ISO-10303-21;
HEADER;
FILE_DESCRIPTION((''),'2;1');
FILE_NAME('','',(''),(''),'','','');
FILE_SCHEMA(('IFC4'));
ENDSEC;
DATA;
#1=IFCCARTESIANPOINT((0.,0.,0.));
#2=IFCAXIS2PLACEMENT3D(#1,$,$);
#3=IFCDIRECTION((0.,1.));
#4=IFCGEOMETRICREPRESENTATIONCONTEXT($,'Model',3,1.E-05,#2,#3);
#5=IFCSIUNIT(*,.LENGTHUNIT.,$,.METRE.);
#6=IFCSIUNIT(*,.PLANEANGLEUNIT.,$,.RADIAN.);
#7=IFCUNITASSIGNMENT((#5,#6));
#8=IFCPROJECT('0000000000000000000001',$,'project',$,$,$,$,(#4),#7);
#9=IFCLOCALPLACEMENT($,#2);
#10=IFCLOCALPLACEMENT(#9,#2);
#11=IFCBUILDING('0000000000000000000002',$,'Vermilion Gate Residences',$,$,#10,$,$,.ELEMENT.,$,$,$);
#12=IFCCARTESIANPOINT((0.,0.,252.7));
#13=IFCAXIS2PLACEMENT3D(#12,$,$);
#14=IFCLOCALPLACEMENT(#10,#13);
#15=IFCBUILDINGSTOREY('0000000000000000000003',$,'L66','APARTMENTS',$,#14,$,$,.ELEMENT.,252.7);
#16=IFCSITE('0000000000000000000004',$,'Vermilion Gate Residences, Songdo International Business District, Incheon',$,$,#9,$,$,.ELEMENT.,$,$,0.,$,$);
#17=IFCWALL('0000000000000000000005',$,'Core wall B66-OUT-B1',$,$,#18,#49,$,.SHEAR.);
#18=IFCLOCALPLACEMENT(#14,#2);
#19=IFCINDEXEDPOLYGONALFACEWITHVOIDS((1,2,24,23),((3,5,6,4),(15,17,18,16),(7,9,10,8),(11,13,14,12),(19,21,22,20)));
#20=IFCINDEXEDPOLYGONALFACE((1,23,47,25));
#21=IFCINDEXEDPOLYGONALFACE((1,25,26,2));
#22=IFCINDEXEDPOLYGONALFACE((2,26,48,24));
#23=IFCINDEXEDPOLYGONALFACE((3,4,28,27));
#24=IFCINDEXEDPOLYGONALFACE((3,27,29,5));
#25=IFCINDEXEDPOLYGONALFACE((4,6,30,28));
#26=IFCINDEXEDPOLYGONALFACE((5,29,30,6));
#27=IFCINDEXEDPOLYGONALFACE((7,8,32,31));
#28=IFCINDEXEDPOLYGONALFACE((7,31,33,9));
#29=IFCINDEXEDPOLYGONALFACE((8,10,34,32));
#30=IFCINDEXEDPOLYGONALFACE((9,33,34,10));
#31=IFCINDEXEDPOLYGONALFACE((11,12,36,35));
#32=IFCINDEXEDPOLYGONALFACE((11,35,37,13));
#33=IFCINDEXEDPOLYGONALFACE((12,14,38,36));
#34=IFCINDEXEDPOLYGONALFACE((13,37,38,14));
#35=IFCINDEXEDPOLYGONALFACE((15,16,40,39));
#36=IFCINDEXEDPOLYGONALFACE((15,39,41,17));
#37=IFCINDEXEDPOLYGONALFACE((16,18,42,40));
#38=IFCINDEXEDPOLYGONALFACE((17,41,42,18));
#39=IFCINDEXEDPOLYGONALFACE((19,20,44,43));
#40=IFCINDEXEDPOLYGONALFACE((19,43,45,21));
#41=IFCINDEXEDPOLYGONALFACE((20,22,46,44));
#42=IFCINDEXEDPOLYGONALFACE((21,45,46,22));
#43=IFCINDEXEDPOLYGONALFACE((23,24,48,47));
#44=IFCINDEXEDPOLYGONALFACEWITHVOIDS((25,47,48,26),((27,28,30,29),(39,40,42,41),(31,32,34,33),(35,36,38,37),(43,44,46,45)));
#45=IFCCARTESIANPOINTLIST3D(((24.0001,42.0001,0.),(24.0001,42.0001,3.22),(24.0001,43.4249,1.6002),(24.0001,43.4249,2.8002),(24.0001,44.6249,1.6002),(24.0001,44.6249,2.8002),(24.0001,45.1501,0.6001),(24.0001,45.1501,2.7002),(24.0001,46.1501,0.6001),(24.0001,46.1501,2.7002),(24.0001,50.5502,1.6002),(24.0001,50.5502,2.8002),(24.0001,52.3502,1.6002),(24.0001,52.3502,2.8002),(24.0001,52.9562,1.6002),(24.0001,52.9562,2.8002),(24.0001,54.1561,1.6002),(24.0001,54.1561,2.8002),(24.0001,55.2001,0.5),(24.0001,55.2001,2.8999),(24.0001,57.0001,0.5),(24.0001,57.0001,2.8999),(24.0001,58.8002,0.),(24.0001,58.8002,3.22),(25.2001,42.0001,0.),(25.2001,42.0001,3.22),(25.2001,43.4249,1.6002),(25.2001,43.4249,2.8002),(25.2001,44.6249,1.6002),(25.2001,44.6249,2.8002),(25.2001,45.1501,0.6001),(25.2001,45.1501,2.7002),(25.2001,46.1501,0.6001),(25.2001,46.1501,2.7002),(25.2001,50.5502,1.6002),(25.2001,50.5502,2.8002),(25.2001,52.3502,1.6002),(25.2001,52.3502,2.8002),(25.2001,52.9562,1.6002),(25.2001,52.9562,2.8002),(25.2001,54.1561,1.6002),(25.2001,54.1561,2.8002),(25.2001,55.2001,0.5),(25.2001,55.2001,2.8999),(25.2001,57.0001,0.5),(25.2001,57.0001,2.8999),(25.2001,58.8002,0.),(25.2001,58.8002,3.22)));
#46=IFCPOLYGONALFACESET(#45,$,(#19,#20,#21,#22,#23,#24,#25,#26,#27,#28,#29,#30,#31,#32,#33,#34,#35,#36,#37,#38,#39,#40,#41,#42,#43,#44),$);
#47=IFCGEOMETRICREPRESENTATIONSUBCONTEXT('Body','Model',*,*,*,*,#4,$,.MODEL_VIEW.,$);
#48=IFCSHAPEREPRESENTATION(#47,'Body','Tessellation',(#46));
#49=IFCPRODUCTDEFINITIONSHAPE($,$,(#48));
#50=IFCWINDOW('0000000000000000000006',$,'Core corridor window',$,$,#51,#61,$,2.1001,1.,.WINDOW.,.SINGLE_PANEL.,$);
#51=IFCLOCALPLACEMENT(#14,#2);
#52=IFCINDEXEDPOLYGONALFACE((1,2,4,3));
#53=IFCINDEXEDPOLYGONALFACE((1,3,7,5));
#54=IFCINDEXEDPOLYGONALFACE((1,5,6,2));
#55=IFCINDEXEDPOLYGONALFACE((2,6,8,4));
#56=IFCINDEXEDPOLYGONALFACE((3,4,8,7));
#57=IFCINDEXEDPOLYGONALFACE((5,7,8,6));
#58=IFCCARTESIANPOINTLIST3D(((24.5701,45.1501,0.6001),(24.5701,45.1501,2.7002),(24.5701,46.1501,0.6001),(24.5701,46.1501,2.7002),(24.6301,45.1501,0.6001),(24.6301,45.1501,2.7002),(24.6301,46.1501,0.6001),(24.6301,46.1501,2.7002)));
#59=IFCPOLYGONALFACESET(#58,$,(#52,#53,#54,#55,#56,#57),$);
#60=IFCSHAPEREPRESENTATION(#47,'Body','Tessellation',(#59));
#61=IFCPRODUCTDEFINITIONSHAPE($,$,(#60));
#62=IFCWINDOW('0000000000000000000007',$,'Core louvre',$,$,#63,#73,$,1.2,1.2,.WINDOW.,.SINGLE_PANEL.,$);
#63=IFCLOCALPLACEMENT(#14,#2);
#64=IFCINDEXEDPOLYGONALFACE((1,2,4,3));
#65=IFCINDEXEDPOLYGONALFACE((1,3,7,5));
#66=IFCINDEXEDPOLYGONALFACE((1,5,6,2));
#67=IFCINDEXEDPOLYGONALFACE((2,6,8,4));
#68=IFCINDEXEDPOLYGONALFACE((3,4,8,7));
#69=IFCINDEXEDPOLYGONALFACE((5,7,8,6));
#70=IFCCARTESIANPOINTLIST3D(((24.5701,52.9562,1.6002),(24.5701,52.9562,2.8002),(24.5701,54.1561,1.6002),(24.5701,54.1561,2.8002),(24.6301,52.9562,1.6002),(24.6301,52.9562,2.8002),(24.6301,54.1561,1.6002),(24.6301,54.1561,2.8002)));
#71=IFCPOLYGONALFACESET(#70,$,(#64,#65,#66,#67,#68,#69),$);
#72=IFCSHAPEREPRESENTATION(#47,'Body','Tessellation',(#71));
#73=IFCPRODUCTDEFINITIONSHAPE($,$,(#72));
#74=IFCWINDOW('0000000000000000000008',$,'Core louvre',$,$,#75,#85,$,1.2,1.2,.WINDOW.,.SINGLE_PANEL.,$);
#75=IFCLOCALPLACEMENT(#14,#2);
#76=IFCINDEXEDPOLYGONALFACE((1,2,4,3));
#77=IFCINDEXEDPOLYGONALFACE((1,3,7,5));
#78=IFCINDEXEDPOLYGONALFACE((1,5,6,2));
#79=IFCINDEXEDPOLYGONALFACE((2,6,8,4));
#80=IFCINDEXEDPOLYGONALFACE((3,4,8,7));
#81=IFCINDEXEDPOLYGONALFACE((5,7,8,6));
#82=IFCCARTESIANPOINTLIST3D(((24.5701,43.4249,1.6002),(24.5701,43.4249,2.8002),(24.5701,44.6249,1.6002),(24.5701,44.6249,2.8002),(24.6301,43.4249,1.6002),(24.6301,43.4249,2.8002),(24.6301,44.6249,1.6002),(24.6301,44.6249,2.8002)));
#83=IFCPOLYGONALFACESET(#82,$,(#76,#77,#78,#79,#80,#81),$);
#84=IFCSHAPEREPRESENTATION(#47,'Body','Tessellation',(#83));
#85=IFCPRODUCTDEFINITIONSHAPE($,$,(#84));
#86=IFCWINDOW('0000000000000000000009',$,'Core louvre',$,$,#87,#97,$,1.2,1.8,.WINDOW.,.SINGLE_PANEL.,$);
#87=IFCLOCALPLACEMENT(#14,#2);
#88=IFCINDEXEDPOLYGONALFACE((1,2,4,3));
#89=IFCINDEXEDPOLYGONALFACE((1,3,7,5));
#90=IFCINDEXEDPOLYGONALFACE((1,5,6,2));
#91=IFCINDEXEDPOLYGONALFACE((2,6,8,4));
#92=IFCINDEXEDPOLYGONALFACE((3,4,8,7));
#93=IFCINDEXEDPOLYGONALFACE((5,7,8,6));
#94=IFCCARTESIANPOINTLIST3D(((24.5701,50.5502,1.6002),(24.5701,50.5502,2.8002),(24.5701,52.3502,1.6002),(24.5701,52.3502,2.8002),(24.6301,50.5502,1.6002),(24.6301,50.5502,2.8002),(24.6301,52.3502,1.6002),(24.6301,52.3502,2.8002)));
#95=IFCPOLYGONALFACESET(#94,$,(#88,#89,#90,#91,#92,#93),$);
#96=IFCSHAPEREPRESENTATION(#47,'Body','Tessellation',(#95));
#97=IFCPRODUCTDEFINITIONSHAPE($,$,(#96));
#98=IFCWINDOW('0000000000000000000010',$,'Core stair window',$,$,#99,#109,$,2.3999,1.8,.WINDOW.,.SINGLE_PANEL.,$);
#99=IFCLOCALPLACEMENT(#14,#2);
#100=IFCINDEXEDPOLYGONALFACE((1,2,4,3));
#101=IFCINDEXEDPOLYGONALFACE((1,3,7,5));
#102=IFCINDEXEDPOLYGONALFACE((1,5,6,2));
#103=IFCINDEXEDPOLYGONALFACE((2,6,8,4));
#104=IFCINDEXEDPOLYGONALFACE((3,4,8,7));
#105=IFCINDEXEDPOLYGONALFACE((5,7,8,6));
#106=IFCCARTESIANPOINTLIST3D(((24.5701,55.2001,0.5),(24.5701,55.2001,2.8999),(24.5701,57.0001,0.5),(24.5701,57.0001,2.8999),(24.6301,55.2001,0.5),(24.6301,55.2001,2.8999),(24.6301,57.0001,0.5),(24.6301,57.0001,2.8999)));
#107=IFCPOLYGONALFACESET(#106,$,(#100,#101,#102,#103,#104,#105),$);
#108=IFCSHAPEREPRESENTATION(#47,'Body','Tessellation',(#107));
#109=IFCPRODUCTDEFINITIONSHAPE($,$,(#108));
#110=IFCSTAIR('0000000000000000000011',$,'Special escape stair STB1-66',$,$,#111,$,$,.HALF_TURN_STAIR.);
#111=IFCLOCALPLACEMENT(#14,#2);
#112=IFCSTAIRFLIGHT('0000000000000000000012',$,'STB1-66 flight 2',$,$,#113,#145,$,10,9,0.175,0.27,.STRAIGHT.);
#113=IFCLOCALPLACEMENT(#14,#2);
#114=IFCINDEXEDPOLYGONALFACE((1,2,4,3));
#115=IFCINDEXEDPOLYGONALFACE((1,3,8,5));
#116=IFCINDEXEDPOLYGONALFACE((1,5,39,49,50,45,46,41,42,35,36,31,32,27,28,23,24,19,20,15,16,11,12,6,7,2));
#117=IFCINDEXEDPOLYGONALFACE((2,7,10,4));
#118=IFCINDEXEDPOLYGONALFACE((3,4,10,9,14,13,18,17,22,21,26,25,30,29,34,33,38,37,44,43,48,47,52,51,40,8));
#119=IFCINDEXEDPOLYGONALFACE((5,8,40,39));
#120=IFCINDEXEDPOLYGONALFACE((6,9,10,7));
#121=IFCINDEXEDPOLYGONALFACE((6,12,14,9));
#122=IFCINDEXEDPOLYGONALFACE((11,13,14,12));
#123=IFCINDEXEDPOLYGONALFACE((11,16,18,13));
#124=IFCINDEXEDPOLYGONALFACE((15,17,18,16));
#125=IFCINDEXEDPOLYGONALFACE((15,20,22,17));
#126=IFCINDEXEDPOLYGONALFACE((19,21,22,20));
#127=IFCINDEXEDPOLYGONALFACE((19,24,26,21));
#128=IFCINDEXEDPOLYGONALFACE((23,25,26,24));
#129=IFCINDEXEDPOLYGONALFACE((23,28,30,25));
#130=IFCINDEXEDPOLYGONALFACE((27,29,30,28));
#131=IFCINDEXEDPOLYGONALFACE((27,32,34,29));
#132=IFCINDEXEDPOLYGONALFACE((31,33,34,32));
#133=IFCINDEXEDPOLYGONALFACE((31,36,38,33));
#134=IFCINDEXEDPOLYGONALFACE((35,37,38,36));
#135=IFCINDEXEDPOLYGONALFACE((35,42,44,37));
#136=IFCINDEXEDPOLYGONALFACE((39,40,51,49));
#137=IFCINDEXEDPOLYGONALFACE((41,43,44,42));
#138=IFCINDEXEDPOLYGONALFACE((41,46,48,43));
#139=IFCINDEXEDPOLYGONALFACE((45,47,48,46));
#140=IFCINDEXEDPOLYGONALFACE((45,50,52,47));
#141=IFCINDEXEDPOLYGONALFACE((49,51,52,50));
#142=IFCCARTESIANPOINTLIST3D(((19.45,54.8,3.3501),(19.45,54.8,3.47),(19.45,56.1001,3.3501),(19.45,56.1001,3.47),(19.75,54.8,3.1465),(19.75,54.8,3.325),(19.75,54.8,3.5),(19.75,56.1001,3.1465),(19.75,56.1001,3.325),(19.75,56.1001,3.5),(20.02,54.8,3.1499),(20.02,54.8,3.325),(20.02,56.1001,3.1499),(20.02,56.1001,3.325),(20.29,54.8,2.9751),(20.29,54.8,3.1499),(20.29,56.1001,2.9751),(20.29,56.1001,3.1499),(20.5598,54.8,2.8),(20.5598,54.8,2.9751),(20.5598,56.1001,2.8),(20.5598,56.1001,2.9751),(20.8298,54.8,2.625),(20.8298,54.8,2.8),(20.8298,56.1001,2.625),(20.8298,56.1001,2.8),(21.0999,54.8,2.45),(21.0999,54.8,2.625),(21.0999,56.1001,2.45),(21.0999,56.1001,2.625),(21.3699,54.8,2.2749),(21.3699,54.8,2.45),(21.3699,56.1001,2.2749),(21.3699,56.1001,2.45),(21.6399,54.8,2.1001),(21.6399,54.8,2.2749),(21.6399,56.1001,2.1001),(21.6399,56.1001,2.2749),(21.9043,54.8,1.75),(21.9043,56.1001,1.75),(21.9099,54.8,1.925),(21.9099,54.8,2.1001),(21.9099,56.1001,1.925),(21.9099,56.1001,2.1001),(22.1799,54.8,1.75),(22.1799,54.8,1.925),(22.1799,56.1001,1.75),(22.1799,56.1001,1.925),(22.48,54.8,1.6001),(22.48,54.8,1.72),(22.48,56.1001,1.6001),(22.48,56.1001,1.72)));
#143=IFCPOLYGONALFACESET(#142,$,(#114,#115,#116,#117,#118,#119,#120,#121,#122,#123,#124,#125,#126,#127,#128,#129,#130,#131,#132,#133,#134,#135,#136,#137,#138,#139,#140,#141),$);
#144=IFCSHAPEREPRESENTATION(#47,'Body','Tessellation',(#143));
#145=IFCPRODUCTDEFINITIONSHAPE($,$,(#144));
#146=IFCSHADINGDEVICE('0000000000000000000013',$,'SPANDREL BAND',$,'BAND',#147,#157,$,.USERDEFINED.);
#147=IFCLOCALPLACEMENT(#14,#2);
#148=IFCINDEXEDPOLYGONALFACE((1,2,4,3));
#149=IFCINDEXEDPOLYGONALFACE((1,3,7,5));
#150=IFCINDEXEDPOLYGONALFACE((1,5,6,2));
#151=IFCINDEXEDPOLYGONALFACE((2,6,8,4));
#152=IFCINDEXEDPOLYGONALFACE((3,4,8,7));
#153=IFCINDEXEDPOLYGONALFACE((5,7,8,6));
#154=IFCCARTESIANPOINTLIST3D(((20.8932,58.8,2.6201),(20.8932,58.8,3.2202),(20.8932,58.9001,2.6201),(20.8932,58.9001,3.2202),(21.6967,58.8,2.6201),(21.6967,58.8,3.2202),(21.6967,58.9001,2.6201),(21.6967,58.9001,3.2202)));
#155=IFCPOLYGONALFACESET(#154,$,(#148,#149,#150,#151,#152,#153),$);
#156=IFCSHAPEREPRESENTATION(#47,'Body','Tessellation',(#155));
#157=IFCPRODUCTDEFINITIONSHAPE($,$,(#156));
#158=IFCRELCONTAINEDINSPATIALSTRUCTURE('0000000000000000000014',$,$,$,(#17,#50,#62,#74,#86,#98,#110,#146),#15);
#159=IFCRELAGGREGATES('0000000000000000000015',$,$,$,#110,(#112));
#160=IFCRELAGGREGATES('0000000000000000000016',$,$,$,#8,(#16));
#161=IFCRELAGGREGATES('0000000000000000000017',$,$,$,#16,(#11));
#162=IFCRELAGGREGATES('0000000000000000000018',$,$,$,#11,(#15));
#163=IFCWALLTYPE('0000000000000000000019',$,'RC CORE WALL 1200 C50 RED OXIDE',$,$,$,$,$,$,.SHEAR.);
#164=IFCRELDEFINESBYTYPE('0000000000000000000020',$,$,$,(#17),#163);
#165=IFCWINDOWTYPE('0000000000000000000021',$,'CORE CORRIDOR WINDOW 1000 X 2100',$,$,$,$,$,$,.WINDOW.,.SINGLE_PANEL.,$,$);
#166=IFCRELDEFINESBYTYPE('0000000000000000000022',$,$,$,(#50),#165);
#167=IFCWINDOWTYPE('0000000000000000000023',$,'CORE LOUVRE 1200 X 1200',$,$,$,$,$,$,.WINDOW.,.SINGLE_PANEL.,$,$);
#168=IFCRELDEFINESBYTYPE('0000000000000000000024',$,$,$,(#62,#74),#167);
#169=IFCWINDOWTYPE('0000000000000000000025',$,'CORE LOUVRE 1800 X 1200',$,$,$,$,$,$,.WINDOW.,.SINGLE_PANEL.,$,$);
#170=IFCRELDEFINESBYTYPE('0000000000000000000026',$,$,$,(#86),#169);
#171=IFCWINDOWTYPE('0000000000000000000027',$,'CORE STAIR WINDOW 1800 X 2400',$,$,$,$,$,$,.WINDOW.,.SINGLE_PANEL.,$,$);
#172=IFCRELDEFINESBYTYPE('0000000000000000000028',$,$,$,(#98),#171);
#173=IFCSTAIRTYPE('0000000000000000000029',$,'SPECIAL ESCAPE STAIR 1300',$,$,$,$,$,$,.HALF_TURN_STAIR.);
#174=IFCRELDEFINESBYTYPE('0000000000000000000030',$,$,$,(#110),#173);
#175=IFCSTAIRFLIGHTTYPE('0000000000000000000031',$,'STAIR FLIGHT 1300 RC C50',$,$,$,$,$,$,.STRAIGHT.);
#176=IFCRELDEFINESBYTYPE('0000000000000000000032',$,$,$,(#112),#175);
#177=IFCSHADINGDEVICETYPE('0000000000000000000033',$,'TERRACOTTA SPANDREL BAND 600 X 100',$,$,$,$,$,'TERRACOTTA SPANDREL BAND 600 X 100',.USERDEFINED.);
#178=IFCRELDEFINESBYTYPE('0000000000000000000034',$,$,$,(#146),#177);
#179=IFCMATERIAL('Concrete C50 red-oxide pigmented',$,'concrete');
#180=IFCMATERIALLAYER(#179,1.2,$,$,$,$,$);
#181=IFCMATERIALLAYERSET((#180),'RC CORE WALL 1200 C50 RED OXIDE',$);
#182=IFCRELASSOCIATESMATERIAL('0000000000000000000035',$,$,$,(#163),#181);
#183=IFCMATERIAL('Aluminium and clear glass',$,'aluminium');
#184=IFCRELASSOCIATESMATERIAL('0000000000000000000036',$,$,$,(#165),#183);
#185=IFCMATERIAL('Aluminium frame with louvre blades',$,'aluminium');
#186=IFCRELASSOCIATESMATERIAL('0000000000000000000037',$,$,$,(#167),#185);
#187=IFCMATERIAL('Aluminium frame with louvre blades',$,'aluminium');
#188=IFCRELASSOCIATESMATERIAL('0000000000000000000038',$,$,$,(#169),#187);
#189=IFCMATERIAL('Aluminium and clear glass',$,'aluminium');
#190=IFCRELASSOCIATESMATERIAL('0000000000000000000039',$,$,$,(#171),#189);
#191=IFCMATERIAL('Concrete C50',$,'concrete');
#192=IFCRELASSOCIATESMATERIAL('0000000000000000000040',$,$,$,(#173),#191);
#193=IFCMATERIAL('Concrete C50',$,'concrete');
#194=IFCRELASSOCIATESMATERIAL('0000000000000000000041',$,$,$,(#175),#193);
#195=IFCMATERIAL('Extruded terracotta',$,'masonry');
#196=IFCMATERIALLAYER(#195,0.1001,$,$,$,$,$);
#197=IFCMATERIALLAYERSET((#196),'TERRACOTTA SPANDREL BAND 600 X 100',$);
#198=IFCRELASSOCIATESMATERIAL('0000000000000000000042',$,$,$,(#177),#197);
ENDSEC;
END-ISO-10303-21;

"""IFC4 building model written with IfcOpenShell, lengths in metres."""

from ifc_helpers import new_model, si_unit, direction, frame, frame_2d, origin, origin_2d, place, context, subcontext, project, spatial, polyline, rectangle, outline, extrude, material, layer, layer_set, type_object, element, fill, aggregate, save


model = new_model("IFC4")

# Units and contexts
model_context = context("Model", 3, precision=1e-05, world=origin(), true_north=direction((0.0, 1.0)))
body_context = subcontext(model_context, "Body", "Model", "MODEL_VIEW")
ifc_project = project(units=[si_unit("LENGTHUNIT", "METRE"), si_unit("PLANEANGLEUNIT", "RADIAN")], contexts=[model_context])

# Site, building, storey
site_placement = place(None, origin())
site = spatial("IfcSite", under=ifc_project, at=site_placement, Name="Vermilion Gate Residences, Songdo International Business District, Incheon", CompositionType="ELEMENT", RefElevation=0.0)
building_placement = place(site_placement, origin())
building = spatial("IfcBuilding", under=site, at=building_placement, Name="Vermilion Gate Residences", CompositionType="ELEMENT")
storey_placement = place(building_placement, frame((0.0, 0.0, 252.7)))
storey = spatial("IfcBuildingStorey", under=building, at=storey_placement, Name="L66", Description="APARTMENTS", CompositionType="ELEMENT", Elevation=252.7)

# Wall, openings, windows
ifc_material_1 = material(Name="Concrete C50 red-oxide pigmented", Category="concrete")
ifc_layer_1 = layer(ifc_material_1, 1.2)
ifc_layer_set_1 = layer_set([ifc_layer_1], Name="RC CORE WALL 1200 C50 RED OXIDE")
wall_type_1 = type_object("IfcWallType", Name="RC CORE WALL 1200 C50 RED OXIDE", PredefinedType="SHEAR", material=ifc_layer_set_1)
wall_1_placement = place(storey_placement, frame((24.6001, 58.8, 0.0), z_axis=(0.0, 0.0, 1.0), x_axis=(0.0, -1.0, 0.0)))
wall_1 = element("IfcWall", 1, at=wall_1_placement, inside=storey, type_object=wall_type_1, Name="Core wall B66-OUT-B1", PredefinedType="SHEAR", context=body_context, shape_type="SweptSolid", body=[
    extrude(rectangle(XDim=16.8, YDim=1.2, at=frame_2d((8.3999, 0.0))), origin(), (0.0, 0.0, 1.0), 3.22),
])
opening_1_placement = place(wall_1_placement, frame((1.8, 0.0, 0.5)))
opening_1 = element("IfcOpeningElement", 2, at=opening_1_placement, cuts=wall_1, PredefinedType="OPENING", context=body_context, shape_type="SweptSolid", body=[
    extrude(rectangle(XDim=1.8, YDim=2.3999, at=frame_2d((0.8999, 1.2))), frame((0.0, 0.6099, 0.0), z_axis=(0.0, -1.0, 0.0), x_axis=(1.0, 0.0, 0.0)), (0.0, 0.0, 1.0), 1.22),
])
opening_2_placement = place(wall_1_placement, frame((4.6438, 0.0, 1.6001)))
opening_2 = element("IfcOpeningElement", 3, at=opening_2_placement, cuts=wall_1, PredefinedType="OPENING", context=body_context, shape_type="SweptSolid", body=[
    extrude(rectangle(XDim=1.2, YDim=1.2, at=frame_2d((0.6001, 0.6001))), frame((0.0, 0.6099, 0.0), z_axis=(0.0, -1.0, 0.0), x_axis=(1.0, 0.0, 0.0)), (0.0, 0.0, 1.0), 1.22),
])
opening_3_placement = place(wall_1_placement, frame((6.45, 0.0, 1.6001)))
opening_3 = element("IfcOpeningElement", 4, at=opening_3_placement, cuts=wall_1, PredefinedType="OPENING", context=body_context, shape_type="SweptSolid", body=[
    extrude(rectangle(XDim=1.8, YDim=1.2, at=frame_2d((0.8999, 0.6001))), frame((0.0, 0.6099, 0.0), z_axis=(0.0, -1.0, 0.0), x_axis=(1.0, 0.0, 0.0)), (0.0, 0.0, 1.0), 1.22),
])
opening_4_placement = place(wall_1_placement, frame((12.6499, 0.0, 0.6001)))
opening_4 = element("IfcOpeningElement", 5, at=opening_4_placement, cuts=wall_1, PredefinedType="OPENING", context=body_context, shape_type="SweptSolid", body=[
    extrude(rectangle(XDim=1.0, YDim=2.1001, at=frame_2d((0.5, 1.05))), frame((0.0, 0.6099, 0.0), z_axis=(0.0, -1.0, 0.0), x_axis=(1.0, 0.0, 0.0)), (0.0, 0.0, 1.0), 1.22),
])
opening_5_placement = place(wall_1_placement, frame((14.175, 0.0, 1.6001)))
opening_5 = element("IfcOpeningElement", 6, at=opening_5_placement, cuts=wall_1, PredefinedType="OPENING", context=body_context, shape_type="SweptSolid", body=[
    extrude(rectangle(XDim=1.2, YDim=1.2, at=frame_2d((0.6001, 0.6001))), frame((0.0, 0.6099, 0.0), z_axis=(0.0, -1.0, 0.0), x_axis=(1.0, 0.0, 0.0)), (0.0, 0.0, 1.0), 1.22),
])
ifc_material_2 = material(Name="Aluminium and clear glass", Category="aluminium")
window_type_1 = type_object("IfcWindowType", Name="CORE CORRIDOR WINDOW 1000 X 2100", PartitioningType="SINGLE_PANEL", PredefinedType="WINDOW", material=ifc_material_2)
window_1_placement = place(opening_4_placement, origin())
window_1 = element("IfcWindow", 7, at=window_1_placement, inside=storey, type_object=window_type_1, Name="Core corridor window", OverallHeight=2.1001, OverallWidth=1.0, PartitioningType="SINGLE_PANEL", PredefinedType="WINDOW", context=body_context, shape_type="SweptSolid", body=[
    extrude(rectangle(XDim=1.0, YDim=2.1001, at=frame_2d((0.5, 1.05))), frame((0.0, 0.03, 0.0), z_axis=(0.0, -1.0, 0.0), x_axis=(1.0, 0.0, 0.0)), (0.0, 0.0, 1.0), 0.0601),
])
fill(opening_4, window_1)
ifc_material_3 = material(Name="Aluminium frame with louvre blades", Category="aluminium")
window_type_2 = type_object("IfcWindowType", Name="CORE LOUVRE 1200 X 1200", PartitioningType="SINGLE_PANEL", PredefinedType="WINDOW", material=ifc_material_3)
window_2_placement = place(opening_2_placement, origin())
window_2 = element("IfcWindow", 8, at=window_2_placement, inside=storey, type_object=window_type_2, Name="Core louvre", OverallHeight=1.2, OverallWidth=1.2, PartitioningType="SINGLE_PANEL", PredefinedType="WINDOW", context=body_context, shape_type="SweptSolid", body=[
    extrude(rectangle(XDim=1.2, YDim=1.2, at=frame_2d((0.6001, 0.6001))), frame((0.0, 0.03, 0.0), z_axis=(0.0, -1.0, 0.0), x_axis=(1.0, 0.0, 0.0)), (0.0, 0.0, 1.0), 0.0601),
])
fill(opening_2, window_2)
window_3_placement = place(opening_5_placement, origin())
window_3 = element("IfcWindow", 9, at=window_3_placement, inside=storey, type_object=window_type_2, Name="Core louvre", OverallHeight=1.2, OverallWidth=1.2, PartitioningType="SINGLE_PANEL", PredefinedType="WINDOW", context=body_context, shape_type="SweptSolid", body=[
    extrude(rectangle(XDim=1.2, YDim=1.2, at=frame_2d((0.6001, 0.6001))), frame((0.0, 0.03, 0.0), z_axis=(0.0, -1.0, 0.0), x_axis=(1.0, 0.0, 0.0)), (0.0, 0.0, 1.0), 0.0601),
])
fill(opening_5, window_3)
ifc_material_4 = material(Name="Aluminium frame with louvre blades", Category="aluminium")
window_type_3 = type_object("IfcWindowType", Name="CORE LOUVRE 1800 X 1200", PartitioningType="SINGLE_PANEL", PredefinedType="WINDOW", material=ifc_material_4)
window_4_placement = place(opening_3_placement, origin())
window_4 = element("IfcWindow", 10, at=window_4_placement, inside=storey, type_object=window_type_3, Name="Core louvre", OverallHeight=1.2, OverallWidth=1.8, PartitioningType="SINGLE_PANEL", PredefinedType="WINDOW", context=body_context, shape_type="SweptSolid", body=[
    extrude(rectangle(XDim=1.8, YDim=1.2, at=frame_2d((0.8999, 0.6001))), frame((0.0, 0.03, 0.0), z_axis=(0.0, -1.0, 0.0), x_axis=(1.0, 0.0, 0.0)), (0.0, 0.0, 1.0), 0.0601),
])
fill(opening_3, window_4)
ifc_material_5 = material(Name="Aluminium and clear glass", Category="aluminium")
window_type_4 = type_object("IfcWindowType", Name="CORE STAIR WINDOW 1800 X 2400", PartitioningType="SINGLE_PANEL", PredefinedType="WINDOW", material=ifc_material_5)
window_5_placement = place(opening_1_placement, origin())
window_5 = element("IfcWindow", 11, at=window_5_placement, inside=storey, type_object=window_type_4, Name="Core stair window", OverallHeight=2.3999, OverallWidth=1.8, PartitioningType="SINGLE_PANEL", PredefinedType="WINDOW", context=body_context, shape_type="SweptSolid", body=[
    extrude(rectangle(XDim=1.8, YDim=2.3999, at=frame_2d((0.8999, 1.2))), frame((0.0, 0.03, 0.0), z_axis=(0.0, -1.0, 0.0), x_axis=(1.0, 0.0, 0.0)), (0.0, 0.0, 1.0), 0.0601),
])
fill(opening_1, window_5)

# Stair, stair flight
ifc_material_6 = material(Name="Concrete C50", Category="concrete")
stair_type = type_object("IfcStairType", Name="SPECIAL ESCAPE STAIR 1300", PredefinedType="HALF_TURN_STAIR", material=ifc_material_6)
stair_placement = place(storey_placement, origin())
stair = element("IfcStair", 12, at=stair_placement, inside=storey, type_object=stair_type, Name="Special escape stair STB1-66", PredefinedType="HALF_TURN_STAIR")
ifc_material_7 = material(Name="Concrete C50", Category="concrete")
stair_flight_type = type_object("IfcStairFlightType", Name="STAIR FLIGHT 1300 RC C50", PredefinedType="STRAIGHT", material=ifc_material_7)
stair_flight_placement = place(storey_placement, frame((22.1799, 55.45, 1.75), z_axis=(0.0, 0.0, 1.0), x_axis=(-1.0, 0.0, 0.0)))
stair_flight = element("IfcStairFlight", 13, at=stair_flight_placement, type_object=stair_flight_type, Name="STB1-66 flight 2", NumberOfRisers=10, NumberOfTreads=9, PredefinedType="STRAIGHT", RiserHeight=0.175, TreadLength=0.27, context=body_context, shape_type="SweptSolid", body=[
    extrude(outline(polyline([(-0.3, -0.1499), (-0.3, -0.03), (0.0, 0.0), (0.0, 0.175), (0.27, 0.175), (0.27, 0.3501), (0.54, 0.3501), (0.54, 0.5249), (0.8101, 0.5249), (0.8101, 0.7), (1.0801, 0.7), (1.0801, 0.875), (1.3501, 0.875), (1.3501, 1.05), (1.6201, 1.05), (1.6201, 1.2251), (1.8899, 1.2251), (1.8899, 1.3999), (2.1599, 1.3999), (2.1599, 1.575), (2.4299, 1.575), (2.4299, 1.75), (2.73, 1.72), (2.73, 1.6001), (2.4299, 1.3965), (0.2756, 0.0), (-0.3, -0.1499)])), frame((0.0, 0.6499, 0.0), z_axis=(0.0, -1.0, 0.0), x_axis=(1.0, 0.0, 0.0)), (0.0, 0.0, 1.0), 1.3),
])
aggregate(stair, [stair_flight])

# Shading device
ifc_material_8 = material(Name="Extruded terracotta", Category="masonry")
ifc_layer_2 = layer(ifc_material_8, 0.1001)
ifc_layer_set_2 = layer_set([ifc_layer_2], Name="TERRACOTTA SPANDREL BAND 600 X 100")
shading_device_type = type_object("IfcShadingDeviceType", Name="TERRACOTTA SPANDREL BAND 600 X 100", ElementType="TERRACOTTA SPANDREL BAND 600 X 100", PredefinedType="USERDEFINED", material=ifc_layer_set_2)
shading_device_1_placement = place(storey_placement, frame((21.2949, 58.8501, 2.6201), z_axis=(0.0, 0.0, 1.0), x_axis=(1.0, 0.0, 0.0)))
element("IfcShadingDevice", 14, at=shading_device_1_placement, inside=storey, type_object=shading_device_type, Name="SPANDREL BAND", ObjectType="BAND", PredefinedType="USERDEFINED", context=body_context, shape_type="SweptSolid", body=[
    extrude(rectangle(XDim=0.8035, YDim=0.1001, at=origin_2d()), origin(), (0.0, 0.0, 1.0), 0.6001),
])

save(model, "model.ifc")
